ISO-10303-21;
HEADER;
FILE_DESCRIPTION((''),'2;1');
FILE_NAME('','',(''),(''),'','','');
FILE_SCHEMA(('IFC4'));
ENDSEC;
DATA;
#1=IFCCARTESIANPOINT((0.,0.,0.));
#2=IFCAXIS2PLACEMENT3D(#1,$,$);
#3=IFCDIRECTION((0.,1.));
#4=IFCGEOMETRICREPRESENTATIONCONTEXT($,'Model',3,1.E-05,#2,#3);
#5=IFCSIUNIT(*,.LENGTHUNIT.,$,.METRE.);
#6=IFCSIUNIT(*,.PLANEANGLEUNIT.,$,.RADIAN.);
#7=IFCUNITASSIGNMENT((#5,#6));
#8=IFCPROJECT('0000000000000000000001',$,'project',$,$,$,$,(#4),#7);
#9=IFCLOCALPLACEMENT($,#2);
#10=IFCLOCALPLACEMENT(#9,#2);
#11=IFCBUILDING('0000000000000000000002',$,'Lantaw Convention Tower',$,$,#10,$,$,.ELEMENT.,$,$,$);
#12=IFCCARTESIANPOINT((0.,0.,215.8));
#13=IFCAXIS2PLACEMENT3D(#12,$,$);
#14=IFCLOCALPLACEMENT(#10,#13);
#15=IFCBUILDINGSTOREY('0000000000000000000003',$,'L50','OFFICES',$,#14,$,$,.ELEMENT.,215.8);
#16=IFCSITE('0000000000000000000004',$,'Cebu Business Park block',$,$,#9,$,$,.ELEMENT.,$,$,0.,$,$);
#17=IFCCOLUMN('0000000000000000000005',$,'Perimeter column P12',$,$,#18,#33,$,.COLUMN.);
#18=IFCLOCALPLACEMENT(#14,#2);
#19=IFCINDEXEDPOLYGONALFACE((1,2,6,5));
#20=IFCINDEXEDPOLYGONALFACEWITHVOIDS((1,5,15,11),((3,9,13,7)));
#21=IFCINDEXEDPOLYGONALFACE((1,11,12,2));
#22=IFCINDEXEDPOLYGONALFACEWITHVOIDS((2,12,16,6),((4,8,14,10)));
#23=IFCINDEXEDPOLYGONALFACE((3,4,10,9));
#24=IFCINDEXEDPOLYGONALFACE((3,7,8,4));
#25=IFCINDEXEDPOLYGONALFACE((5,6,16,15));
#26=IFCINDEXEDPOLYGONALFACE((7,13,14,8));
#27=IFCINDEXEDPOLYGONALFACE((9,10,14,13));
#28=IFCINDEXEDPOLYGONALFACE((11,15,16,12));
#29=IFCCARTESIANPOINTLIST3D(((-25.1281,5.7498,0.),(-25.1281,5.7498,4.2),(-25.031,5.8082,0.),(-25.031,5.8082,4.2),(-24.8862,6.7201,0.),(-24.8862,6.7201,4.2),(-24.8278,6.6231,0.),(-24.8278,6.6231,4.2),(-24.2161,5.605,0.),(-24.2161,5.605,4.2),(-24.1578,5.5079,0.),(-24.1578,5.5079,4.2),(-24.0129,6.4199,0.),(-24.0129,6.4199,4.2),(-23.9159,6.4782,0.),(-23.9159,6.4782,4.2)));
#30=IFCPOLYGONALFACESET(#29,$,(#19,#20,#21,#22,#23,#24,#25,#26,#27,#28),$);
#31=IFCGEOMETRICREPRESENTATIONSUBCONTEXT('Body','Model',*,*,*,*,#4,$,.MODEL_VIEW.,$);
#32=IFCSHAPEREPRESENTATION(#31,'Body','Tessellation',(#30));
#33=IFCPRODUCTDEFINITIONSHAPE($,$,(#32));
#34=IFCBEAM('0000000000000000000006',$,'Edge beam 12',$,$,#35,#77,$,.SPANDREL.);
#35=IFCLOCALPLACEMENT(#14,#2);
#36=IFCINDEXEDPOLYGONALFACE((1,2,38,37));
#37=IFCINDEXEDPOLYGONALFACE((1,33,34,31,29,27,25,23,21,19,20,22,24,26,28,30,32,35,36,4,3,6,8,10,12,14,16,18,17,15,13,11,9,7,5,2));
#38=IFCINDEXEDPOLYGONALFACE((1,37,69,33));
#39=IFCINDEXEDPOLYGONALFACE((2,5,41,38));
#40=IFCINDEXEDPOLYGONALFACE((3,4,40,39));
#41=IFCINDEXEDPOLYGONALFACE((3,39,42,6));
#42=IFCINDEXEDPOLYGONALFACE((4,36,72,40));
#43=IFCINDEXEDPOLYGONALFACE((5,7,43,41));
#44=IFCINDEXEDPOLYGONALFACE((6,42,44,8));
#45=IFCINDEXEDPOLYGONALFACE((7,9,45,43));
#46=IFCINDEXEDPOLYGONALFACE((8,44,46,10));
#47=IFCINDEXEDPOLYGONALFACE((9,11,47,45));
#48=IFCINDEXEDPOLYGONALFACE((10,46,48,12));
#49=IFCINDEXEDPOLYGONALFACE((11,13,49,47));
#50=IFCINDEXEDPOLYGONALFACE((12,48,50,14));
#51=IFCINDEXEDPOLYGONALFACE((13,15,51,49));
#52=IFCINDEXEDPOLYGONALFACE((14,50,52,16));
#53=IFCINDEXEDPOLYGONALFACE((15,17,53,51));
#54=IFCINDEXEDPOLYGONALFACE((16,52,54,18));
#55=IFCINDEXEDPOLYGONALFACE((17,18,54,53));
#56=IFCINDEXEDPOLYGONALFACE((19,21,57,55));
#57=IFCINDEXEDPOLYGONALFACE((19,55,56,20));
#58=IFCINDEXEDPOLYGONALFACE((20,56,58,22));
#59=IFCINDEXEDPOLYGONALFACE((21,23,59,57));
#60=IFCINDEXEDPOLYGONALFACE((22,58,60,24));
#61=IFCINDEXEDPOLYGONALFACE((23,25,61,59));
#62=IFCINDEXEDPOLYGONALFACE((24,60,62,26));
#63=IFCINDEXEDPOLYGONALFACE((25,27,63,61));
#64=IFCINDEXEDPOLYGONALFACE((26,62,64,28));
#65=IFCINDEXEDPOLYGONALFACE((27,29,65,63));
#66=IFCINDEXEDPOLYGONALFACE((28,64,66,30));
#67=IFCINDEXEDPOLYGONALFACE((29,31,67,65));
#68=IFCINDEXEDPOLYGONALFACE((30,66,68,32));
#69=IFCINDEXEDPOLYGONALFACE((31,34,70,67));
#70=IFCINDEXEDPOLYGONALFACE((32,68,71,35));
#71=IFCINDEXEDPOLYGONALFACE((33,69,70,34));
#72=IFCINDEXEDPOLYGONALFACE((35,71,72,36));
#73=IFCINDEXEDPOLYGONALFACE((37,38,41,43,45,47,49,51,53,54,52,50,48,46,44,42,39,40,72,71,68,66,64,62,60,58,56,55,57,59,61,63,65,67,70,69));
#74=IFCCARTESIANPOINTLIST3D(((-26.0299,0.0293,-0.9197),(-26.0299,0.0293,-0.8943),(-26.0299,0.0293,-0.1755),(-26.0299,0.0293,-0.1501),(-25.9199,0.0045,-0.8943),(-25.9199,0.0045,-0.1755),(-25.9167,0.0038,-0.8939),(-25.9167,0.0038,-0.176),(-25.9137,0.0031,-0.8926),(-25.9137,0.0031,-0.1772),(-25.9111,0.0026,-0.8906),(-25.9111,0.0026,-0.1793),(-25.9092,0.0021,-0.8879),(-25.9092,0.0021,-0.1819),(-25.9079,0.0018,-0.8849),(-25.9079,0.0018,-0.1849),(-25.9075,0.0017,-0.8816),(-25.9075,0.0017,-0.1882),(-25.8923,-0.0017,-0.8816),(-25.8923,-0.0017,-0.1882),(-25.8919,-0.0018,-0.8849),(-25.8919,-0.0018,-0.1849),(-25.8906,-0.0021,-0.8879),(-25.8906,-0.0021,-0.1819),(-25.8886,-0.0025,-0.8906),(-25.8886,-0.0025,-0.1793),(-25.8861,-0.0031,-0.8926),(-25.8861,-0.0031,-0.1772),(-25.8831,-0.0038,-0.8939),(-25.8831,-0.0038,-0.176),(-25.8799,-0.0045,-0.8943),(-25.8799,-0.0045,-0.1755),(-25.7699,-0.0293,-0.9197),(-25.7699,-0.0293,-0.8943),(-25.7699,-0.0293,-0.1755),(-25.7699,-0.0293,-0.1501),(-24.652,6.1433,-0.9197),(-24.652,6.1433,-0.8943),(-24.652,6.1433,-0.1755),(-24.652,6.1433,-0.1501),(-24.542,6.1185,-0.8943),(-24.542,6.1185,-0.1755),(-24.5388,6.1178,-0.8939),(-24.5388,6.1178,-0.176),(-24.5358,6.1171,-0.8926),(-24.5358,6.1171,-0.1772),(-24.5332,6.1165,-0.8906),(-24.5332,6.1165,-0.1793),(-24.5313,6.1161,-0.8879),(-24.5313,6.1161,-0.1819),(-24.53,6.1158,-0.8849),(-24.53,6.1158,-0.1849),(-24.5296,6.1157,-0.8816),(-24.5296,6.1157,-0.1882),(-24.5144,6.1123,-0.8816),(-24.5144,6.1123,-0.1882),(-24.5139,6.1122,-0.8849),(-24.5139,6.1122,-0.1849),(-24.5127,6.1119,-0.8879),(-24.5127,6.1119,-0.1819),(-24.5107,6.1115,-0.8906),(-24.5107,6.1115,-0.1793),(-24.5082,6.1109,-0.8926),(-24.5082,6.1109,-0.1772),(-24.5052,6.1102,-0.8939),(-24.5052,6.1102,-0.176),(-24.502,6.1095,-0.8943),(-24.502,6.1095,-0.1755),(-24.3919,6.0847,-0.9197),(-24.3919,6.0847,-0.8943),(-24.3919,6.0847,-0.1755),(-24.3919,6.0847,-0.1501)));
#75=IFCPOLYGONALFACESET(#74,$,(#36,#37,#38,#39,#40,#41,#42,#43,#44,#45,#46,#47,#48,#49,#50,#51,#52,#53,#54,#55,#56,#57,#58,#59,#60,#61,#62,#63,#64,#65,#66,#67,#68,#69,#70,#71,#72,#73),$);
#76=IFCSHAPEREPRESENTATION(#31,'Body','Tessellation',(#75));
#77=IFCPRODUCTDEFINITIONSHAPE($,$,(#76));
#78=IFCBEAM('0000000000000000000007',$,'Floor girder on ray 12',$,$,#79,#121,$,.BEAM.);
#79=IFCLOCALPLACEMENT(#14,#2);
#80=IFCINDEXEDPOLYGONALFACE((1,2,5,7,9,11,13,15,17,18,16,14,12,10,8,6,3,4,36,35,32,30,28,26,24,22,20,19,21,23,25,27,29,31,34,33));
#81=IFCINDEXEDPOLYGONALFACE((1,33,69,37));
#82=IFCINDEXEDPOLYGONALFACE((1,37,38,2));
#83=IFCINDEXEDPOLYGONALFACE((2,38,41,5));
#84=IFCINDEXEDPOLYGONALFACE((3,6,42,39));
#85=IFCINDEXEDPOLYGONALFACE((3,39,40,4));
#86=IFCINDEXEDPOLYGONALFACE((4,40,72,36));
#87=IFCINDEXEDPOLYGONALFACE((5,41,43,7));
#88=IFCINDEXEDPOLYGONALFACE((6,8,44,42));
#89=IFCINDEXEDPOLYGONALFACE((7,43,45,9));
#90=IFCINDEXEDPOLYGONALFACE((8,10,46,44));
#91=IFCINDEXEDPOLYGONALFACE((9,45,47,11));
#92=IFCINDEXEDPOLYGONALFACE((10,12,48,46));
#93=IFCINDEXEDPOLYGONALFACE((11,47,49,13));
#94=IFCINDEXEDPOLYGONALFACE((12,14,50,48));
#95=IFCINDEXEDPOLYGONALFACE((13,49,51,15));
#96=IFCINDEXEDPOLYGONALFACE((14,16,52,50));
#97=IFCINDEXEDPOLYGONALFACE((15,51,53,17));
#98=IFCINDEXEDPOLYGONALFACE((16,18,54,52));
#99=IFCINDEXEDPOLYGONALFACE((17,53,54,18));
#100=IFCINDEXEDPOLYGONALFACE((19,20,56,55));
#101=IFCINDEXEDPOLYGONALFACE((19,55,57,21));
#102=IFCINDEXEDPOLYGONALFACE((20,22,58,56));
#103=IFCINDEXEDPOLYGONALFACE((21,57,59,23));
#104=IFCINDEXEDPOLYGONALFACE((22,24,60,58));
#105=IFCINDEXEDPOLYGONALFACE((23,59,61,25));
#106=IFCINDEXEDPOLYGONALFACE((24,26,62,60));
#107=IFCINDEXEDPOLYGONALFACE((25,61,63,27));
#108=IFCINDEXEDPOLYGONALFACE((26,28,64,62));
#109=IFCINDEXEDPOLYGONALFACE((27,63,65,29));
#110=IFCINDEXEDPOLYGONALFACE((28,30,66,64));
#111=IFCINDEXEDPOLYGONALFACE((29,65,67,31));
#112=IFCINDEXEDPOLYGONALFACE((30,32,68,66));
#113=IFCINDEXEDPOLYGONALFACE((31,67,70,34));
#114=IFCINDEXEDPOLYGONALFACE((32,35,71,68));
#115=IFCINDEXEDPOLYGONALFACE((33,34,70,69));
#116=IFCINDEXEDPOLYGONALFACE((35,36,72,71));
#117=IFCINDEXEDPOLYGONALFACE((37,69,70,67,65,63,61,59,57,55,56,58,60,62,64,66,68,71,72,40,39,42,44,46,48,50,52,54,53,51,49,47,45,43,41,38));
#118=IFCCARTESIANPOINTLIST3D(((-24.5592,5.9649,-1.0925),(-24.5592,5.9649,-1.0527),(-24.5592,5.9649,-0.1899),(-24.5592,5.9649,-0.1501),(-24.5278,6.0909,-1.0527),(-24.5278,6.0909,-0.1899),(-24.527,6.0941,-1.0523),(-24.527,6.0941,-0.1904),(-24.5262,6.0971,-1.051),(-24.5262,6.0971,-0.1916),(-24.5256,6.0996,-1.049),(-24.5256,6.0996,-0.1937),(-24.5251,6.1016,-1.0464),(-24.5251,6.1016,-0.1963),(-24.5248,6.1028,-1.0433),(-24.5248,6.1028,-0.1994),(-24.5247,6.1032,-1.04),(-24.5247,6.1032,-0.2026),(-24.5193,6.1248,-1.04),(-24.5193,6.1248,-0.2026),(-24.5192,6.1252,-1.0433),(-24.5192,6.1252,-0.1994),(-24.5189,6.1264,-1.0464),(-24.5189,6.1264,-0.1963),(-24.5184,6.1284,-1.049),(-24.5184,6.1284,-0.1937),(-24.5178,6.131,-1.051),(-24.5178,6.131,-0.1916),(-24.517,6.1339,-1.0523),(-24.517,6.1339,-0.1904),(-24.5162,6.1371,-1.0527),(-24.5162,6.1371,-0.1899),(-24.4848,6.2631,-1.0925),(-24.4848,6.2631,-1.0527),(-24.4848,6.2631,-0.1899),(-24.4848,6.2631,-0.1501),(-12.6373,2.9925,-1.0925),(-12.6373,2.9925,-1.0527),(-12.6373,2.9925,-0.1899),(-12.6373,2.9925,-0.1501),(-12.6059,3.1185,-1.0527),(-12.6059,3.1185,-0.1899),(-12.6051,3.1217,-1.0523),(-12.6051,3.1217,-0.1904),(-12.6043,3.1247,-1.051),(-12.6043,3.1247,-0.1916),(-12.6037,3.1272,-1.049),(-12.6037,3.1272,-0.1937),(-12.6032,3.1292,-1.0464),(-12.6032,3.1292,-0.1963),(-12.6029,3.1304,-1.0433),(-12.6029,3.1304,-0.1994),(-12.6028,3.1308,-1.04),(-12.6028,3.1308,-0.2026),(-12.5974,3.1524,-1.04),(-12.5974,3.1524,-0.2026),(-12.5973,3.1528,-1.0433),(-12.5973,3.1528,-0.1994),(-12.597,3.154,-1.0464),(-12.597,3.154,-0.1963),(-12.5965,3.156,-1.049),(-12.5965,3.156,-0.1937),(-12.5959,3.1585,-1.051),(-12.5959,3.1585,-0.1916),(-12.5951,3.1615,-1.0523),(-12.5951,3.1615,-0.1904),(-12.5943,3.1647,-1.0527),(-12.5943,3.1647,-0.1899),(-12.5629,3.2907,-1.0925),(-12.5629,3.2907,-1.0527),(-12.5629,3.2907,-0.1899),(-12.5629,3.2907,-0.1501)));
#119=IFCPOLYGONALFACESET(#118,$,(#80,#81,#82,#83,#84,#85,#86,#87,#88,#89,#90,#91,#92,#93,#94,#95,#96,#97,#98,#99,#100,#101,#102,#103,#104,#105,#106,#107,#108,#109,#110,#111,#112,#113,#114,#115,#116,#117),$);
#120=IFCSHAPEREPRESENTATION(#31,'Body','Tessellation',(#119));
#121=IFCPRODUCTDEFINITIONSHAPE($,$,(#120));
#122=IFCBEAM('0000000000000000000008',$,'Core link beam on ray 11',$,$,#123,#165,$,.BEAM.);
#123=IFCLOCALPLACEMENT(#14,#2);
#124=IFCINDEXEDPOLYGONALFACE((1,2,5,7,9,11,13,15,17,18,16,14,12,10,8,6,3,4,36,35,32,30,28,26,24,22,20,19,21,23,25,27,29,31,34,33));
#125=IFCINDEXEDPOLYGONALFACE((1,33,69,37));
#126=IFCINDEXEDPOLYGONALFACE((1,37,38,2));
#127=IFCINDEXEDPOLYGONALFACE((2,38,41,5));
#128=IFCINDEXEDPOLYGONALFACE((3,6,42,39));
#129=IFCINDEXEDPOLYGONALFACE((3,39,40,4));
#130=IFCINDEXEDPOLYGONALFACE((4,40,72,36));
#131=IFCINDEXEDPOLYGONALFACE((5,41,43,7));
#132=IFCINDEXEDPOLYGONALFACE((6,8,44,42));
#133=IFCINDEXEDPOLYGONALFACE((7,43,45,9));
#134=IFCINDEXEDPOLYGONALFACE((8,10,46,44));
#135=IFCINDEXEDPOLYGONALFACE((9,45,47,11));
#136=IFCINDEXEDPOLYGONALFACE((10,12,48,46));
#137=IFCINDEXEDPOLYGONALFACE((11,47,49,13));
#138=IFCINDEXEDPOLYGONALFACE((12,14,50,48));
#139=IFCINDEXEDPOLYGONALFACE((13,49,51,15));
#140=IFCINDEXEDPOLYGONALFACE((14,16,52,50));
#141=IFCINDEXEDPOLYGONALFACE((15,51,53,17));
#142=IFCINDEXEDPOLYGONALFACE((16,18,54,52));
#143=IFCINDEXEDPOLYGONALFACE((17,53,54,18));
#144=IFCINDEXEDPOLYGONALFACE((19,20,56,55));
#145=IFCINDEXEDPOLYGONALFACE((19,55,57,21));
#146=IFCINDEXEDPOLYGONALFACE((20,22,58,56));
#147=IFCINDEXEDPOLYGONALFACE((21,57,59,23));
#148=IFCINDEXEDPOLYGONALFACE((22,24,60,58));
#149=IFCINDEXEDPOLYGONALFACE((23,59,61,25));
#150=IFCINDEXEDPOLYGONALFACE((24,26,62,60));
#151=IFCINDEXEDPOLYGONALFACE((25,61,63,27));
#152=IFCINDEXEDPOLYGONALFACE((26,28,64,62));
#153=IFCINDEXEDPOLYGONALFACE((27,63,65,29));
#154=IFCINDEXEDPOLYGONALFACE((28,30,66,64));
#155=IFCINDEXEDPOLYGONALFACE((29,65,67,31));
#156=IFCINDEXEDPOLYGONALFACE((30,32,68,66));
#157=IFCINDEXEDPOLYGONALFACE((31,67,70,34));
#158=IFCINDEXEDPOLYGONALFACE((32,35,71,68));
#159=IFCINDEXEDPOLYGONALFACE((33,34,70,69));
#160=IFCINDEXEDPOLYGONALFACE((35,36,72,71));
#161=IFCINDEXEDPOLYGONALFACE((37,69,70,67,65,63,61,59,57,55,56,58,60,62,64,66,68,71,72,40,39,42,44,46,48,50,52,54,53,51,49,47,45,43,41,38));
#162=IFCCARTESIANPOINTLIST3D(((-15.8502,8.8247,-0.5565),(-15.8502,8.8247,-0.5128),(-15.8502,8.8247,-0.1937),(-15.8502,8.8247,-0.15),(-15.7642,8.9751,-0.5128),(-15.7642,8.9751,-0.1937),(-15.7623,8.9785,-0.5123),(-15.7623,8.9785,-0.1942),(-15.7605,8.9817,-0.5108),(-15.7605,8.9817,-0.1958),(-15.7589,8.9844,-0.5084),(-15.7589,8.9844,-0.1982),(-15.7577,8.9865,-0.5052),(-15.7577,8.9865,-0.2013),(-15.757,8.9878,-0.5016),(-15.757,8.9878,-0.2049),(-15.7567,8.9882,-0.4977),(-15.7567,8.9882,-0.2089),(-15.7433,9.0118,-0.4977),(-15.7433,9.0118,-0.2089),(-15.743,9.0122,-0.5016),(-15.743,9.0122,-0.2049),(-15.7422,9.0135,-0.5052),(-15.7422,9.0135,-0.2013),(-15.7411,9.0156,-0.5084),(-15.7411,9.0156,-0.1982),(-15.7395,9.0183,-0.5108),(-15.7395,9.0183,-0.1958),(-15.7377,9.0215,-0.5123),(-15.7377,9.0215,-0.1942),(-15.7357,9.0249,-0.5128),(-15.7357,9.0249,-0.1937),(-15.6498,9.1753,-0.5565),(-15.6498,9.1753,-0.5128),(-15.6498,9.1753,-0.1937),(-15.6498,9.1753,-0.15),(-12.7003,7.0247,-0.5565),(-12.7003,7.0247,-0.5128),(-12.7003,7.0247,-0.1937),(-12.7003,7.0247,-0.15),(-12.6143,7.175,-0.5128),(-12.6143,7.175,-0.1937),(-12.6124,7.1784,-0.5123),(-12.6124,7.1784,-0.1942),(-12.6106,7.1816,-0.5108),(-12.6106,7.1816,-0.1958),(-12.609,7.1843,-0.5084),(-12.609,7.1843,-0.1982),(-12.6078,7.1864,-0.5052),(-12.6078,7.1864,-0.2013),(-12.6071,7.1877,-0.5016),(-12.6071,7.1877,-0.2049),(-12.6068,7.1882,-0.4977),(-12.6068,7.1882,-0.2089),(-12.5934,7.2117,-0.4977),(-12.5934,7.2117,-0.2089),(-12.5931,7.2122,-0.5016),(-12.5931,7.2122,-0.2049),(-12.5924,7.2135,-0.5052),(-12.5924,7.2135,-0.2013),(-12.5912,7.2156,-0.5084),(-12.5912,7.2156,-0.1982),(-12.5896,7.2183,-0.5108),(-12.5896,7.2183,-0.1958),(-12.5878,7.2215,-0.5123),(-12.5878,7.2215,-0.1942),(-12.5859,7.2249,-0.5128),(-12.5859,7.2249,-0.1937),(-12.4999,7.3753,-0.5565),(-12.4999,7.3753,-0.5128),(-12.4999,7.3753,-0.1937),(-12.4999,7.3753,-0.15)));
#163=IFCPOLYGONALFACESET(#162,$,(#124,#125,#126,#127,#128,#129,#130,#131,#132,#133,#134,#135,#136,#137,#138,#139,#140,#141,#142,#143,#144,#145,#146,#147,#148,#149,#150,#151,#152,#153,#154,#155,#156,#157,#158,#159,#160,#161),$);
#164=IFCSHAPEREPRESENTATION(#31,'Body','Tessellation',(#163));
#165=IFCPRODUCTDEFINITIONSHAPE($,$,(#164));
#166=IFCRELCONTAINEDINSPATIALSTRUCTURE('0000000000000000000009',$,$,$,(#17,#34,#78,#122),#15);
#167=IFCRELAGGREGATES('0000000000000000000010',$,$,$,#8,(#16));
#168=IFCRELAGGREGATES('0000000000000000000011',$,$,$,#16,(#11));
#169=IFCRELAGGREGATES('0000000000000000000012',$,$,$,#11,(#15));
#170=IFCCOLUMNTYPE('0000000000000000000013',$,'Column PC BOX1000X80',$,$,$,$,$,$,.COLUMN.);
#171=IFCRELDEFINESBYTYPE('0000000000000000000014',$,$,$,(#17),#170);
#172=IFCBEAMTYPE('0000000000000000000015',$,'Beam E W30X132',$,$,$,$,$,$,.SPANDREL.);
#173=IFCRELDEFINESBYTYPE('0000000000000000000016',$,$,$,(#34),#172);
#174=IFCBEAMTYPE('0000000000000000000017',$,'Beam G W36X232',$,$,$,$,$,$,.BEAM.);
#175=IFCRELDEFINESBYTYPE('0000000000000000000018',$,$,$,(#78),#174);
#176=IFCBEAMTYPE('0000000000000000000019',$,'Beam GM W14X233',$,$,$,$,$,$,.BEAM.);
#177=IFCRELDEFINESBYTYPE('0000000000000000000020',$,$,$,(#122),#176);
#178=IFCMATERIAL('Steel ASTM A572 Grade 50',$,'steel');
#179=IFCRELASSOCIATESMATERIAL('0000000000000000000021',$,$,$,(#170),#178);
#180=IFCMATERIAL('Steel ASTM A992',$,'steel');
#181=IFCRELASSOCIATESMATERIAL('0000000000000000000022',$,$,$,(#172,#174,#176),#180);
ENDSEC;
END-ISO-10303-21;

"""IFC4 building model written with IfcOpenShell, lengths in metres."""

from ifc_helpers import new_model, si_unit, direction, frame, origin, origin_2d, place, context, subcontext, project, spatial, rectangle, hollow_rectangle, i_section, extrude, material, material_profile, profile_set, type_object, element, save


model = new_model("IFC4")

# Units and contexts
model_context = context("Model", 3, precision=1e-05, world=origin(), true_north=direction((0.0, 1.0)))
body_context = subcontext(model_context, "Body", "Model", "MODEL_VIEW")
ifc_project = project(units=[si_unit("LENGTHUNIT", "METRE"), si_unit("PLANEANGLEUNIT", "RADIAN")], contexts=[model_context])

# Site, building, storey
site_placement = place(None, origin())
site = spatial("IfcSite", under=ifc_project, at=site_placement, Name="Cebu Business Park block", CompositionType="ELEMENT", RefElevation=0.0)
building_placement = place(site_placement, origin())
building = spatial("IfcBuilding", under=site, at=building_placement, Name="Lantaw Convention Tower", CompositionType="ELEMENT")
storey_placement = place(building_placement, frame((0.0, 0.0, 215.8)))
storey = spatial("IfcBuildingStorey", under=building, at=storey_placement, Name="L50", Description="OFFICES", CompositionType="ELEMENT", Elevation=215.8)

# Column
ifc_material_1 = material(Name="Steel ASTM A572 Grade 50", Category="steel")
ifc_material_profile_1 = material_profile(ifc_material_1, hollow_rectangle(XDim=1.0, YDim=1.0, WallThickness=0.0801, at=origin_2d()), Name="BOX1000X80")
ifc_material_2 = material(Name="Concrete C60/75", Category="concrete")
ifc_material_profile_2 = material_profile(ifc_material_2, rectangle(XDim=0.8401, YDim=0.8401, at=origin_2d()), Name="Concrete fill of BOX1000X80")
ifc_profile_set_1 = profile_set([ifc_material_profile_1, ifc_material_profile_2], Name="Steel ASTM A572 Grade 50")
column_type = type_object("IfcColumnType", Name="Column PC BOX1000X80", PredefinedType="COLUMN", material=ifc_profile_set_1)
column_placement = place(storey_placement, frame((-24.522, 6.114, 0.0), z_axis=(0.0, 0.0, 1.0), x_axis=(0.241922, 0.970296, 0.0)))
element("IfcColumn", 1, at=column_placement, inside=storey, type_object=column_type, Name="Perimeter column P12", PredefinedType="COLUMN", context=body_context, shape_type="SweptSolid", body=[
    extrude(hollow_rectangle(XDim=1.0, YDim=1.0, WallThickness=0.0801, at=origin_2d()), origin(), (0.0, 0.0, 1.0), 4.2),
])

# Beams
ifc_material_3 = material(Name="Steel ASTM A992", Category="steel")
ifc_material_profile_3 = material_profile(ifc_material_3, i_section(OverallWidth=0.2666, OverallDepth=0.7695, WebThickness=0.0156, FlangeThickness=0.0254, FilletRadius=0.0127, at=origin_2d()), Name="W30X132")
ifc_profile_set_2 = profile_set([ifc_material_profile_3], Name="Steel ASTM A992")
beam_type_1 = type_object("IfcBeamType", Name="Beam E W30X132", PredefinedType="SPANDREL", material=ifc_profile_set_2)
beam_1_placement = place(storey_placement, frame((-24.522, 6.114, -0.5349), z_axis=(-0.219858, -0.975532, 0.0), x_axis=(0.975532, -0.219858, 0.0)))
element("IfcBeam", 2, at=beam_1_placement, inside=storey, type_object=beam_type_1, Name="Edge beam 12", PredefinedType="SPANDREL", context=body_context, shape_type="SweptSolid", body=[
    extrude(i_section(OverallWidth=0.2666, OverallDepth=0.7695, WebThickness=0.0156, FlangeThickness=0.0254, FilletRadius=0.0127, at=origin_2d()), origin(), (0.0, 0.0, 1.0), 6.2673),
])
ifc_material_profile_4 = material_profile(ifc_material_3, i_section(OverallWidth=0.3074, OverallDepth=0.9424, WebThickness=0.0222, FlangeThickness=0.0398, FilletRadius=0.0127, at=origin_2d()), Name="W36X232")
ifc_profile_set_3 = profile_set([ifc_material_profile_4], Name="Steel ASTM A992")
beam_type_2 = type_object("IfcBeamType", Name="Beam G W36X232", PredefinedType="BEAM", material=ifc_profile_set_3)
beam_2_placement = place(storey_placement, frame((-12.6001, 3.1416, -0.6213), z_axis=(-0.970297, 0.241918, 0.0), x_axis=(-0.241918, -0.970297, 0.0)))
element("IfcBeam", 3, at=beam_2_placement, inside=storey, type_object=beam_type_2, Name="Floor girder on ray 12", PredefinedType="BEAM", context=body_context, shape_type="SweptSolid", body=[
    extrude(i_section(OverallWidth=0.3074, OverallDepth=0.9424, WebThickness=0.0222, FlangeThickness=0.0398, FilletRadius=0.0127, at=origin_2d()), origin(), (0.0, 0.0, 1.0), 12.2869),
])
ifc_material_profile_5 = material_profile(ifc_material_3, i_section(OverallWidth=0.4038, OverallDepth=0.4065, WebThickness=0.0271, FlangeThickness=0.0437, FilletRadius=0.0151, at=origin_2d()), Name="W14X233")
ifc_profile_set_4 = profile_set([ifc_material_profile_5], Name="Steel ASTM A992")
beam_type_3 = type_object("IfcBeamType", Name="Beam GM W14X233", PredefinedType="BEAM", material=ifc_profile_set_4)
beam_3_placement = place(storey_placement, frame((-12.6001, 7.2, -0.3533), z_axis=(-0.868231, 0.496161, 0.0), x_axis=(-0.496161, -0.868231, 0.0)))
element("IfcBeam", 4, at=beam_3_placement, inside=storey, type_object=beam_type_3, Name="Core link beam on ray 11", PredefinedType="BEAM", context=body_context, shape_type="SweptSolid", body=[
    extrude(i_section(OverallWidth=0.4038, OverallDepth=0.4065, WebThickness=0.0271, FlangeThickness=0.0437, FilletRadius=0.0151, at=origin_2d()), origin(), (0.0, 0.0, 1.0), 3.6279),
])

save(model, "model.ifc")
